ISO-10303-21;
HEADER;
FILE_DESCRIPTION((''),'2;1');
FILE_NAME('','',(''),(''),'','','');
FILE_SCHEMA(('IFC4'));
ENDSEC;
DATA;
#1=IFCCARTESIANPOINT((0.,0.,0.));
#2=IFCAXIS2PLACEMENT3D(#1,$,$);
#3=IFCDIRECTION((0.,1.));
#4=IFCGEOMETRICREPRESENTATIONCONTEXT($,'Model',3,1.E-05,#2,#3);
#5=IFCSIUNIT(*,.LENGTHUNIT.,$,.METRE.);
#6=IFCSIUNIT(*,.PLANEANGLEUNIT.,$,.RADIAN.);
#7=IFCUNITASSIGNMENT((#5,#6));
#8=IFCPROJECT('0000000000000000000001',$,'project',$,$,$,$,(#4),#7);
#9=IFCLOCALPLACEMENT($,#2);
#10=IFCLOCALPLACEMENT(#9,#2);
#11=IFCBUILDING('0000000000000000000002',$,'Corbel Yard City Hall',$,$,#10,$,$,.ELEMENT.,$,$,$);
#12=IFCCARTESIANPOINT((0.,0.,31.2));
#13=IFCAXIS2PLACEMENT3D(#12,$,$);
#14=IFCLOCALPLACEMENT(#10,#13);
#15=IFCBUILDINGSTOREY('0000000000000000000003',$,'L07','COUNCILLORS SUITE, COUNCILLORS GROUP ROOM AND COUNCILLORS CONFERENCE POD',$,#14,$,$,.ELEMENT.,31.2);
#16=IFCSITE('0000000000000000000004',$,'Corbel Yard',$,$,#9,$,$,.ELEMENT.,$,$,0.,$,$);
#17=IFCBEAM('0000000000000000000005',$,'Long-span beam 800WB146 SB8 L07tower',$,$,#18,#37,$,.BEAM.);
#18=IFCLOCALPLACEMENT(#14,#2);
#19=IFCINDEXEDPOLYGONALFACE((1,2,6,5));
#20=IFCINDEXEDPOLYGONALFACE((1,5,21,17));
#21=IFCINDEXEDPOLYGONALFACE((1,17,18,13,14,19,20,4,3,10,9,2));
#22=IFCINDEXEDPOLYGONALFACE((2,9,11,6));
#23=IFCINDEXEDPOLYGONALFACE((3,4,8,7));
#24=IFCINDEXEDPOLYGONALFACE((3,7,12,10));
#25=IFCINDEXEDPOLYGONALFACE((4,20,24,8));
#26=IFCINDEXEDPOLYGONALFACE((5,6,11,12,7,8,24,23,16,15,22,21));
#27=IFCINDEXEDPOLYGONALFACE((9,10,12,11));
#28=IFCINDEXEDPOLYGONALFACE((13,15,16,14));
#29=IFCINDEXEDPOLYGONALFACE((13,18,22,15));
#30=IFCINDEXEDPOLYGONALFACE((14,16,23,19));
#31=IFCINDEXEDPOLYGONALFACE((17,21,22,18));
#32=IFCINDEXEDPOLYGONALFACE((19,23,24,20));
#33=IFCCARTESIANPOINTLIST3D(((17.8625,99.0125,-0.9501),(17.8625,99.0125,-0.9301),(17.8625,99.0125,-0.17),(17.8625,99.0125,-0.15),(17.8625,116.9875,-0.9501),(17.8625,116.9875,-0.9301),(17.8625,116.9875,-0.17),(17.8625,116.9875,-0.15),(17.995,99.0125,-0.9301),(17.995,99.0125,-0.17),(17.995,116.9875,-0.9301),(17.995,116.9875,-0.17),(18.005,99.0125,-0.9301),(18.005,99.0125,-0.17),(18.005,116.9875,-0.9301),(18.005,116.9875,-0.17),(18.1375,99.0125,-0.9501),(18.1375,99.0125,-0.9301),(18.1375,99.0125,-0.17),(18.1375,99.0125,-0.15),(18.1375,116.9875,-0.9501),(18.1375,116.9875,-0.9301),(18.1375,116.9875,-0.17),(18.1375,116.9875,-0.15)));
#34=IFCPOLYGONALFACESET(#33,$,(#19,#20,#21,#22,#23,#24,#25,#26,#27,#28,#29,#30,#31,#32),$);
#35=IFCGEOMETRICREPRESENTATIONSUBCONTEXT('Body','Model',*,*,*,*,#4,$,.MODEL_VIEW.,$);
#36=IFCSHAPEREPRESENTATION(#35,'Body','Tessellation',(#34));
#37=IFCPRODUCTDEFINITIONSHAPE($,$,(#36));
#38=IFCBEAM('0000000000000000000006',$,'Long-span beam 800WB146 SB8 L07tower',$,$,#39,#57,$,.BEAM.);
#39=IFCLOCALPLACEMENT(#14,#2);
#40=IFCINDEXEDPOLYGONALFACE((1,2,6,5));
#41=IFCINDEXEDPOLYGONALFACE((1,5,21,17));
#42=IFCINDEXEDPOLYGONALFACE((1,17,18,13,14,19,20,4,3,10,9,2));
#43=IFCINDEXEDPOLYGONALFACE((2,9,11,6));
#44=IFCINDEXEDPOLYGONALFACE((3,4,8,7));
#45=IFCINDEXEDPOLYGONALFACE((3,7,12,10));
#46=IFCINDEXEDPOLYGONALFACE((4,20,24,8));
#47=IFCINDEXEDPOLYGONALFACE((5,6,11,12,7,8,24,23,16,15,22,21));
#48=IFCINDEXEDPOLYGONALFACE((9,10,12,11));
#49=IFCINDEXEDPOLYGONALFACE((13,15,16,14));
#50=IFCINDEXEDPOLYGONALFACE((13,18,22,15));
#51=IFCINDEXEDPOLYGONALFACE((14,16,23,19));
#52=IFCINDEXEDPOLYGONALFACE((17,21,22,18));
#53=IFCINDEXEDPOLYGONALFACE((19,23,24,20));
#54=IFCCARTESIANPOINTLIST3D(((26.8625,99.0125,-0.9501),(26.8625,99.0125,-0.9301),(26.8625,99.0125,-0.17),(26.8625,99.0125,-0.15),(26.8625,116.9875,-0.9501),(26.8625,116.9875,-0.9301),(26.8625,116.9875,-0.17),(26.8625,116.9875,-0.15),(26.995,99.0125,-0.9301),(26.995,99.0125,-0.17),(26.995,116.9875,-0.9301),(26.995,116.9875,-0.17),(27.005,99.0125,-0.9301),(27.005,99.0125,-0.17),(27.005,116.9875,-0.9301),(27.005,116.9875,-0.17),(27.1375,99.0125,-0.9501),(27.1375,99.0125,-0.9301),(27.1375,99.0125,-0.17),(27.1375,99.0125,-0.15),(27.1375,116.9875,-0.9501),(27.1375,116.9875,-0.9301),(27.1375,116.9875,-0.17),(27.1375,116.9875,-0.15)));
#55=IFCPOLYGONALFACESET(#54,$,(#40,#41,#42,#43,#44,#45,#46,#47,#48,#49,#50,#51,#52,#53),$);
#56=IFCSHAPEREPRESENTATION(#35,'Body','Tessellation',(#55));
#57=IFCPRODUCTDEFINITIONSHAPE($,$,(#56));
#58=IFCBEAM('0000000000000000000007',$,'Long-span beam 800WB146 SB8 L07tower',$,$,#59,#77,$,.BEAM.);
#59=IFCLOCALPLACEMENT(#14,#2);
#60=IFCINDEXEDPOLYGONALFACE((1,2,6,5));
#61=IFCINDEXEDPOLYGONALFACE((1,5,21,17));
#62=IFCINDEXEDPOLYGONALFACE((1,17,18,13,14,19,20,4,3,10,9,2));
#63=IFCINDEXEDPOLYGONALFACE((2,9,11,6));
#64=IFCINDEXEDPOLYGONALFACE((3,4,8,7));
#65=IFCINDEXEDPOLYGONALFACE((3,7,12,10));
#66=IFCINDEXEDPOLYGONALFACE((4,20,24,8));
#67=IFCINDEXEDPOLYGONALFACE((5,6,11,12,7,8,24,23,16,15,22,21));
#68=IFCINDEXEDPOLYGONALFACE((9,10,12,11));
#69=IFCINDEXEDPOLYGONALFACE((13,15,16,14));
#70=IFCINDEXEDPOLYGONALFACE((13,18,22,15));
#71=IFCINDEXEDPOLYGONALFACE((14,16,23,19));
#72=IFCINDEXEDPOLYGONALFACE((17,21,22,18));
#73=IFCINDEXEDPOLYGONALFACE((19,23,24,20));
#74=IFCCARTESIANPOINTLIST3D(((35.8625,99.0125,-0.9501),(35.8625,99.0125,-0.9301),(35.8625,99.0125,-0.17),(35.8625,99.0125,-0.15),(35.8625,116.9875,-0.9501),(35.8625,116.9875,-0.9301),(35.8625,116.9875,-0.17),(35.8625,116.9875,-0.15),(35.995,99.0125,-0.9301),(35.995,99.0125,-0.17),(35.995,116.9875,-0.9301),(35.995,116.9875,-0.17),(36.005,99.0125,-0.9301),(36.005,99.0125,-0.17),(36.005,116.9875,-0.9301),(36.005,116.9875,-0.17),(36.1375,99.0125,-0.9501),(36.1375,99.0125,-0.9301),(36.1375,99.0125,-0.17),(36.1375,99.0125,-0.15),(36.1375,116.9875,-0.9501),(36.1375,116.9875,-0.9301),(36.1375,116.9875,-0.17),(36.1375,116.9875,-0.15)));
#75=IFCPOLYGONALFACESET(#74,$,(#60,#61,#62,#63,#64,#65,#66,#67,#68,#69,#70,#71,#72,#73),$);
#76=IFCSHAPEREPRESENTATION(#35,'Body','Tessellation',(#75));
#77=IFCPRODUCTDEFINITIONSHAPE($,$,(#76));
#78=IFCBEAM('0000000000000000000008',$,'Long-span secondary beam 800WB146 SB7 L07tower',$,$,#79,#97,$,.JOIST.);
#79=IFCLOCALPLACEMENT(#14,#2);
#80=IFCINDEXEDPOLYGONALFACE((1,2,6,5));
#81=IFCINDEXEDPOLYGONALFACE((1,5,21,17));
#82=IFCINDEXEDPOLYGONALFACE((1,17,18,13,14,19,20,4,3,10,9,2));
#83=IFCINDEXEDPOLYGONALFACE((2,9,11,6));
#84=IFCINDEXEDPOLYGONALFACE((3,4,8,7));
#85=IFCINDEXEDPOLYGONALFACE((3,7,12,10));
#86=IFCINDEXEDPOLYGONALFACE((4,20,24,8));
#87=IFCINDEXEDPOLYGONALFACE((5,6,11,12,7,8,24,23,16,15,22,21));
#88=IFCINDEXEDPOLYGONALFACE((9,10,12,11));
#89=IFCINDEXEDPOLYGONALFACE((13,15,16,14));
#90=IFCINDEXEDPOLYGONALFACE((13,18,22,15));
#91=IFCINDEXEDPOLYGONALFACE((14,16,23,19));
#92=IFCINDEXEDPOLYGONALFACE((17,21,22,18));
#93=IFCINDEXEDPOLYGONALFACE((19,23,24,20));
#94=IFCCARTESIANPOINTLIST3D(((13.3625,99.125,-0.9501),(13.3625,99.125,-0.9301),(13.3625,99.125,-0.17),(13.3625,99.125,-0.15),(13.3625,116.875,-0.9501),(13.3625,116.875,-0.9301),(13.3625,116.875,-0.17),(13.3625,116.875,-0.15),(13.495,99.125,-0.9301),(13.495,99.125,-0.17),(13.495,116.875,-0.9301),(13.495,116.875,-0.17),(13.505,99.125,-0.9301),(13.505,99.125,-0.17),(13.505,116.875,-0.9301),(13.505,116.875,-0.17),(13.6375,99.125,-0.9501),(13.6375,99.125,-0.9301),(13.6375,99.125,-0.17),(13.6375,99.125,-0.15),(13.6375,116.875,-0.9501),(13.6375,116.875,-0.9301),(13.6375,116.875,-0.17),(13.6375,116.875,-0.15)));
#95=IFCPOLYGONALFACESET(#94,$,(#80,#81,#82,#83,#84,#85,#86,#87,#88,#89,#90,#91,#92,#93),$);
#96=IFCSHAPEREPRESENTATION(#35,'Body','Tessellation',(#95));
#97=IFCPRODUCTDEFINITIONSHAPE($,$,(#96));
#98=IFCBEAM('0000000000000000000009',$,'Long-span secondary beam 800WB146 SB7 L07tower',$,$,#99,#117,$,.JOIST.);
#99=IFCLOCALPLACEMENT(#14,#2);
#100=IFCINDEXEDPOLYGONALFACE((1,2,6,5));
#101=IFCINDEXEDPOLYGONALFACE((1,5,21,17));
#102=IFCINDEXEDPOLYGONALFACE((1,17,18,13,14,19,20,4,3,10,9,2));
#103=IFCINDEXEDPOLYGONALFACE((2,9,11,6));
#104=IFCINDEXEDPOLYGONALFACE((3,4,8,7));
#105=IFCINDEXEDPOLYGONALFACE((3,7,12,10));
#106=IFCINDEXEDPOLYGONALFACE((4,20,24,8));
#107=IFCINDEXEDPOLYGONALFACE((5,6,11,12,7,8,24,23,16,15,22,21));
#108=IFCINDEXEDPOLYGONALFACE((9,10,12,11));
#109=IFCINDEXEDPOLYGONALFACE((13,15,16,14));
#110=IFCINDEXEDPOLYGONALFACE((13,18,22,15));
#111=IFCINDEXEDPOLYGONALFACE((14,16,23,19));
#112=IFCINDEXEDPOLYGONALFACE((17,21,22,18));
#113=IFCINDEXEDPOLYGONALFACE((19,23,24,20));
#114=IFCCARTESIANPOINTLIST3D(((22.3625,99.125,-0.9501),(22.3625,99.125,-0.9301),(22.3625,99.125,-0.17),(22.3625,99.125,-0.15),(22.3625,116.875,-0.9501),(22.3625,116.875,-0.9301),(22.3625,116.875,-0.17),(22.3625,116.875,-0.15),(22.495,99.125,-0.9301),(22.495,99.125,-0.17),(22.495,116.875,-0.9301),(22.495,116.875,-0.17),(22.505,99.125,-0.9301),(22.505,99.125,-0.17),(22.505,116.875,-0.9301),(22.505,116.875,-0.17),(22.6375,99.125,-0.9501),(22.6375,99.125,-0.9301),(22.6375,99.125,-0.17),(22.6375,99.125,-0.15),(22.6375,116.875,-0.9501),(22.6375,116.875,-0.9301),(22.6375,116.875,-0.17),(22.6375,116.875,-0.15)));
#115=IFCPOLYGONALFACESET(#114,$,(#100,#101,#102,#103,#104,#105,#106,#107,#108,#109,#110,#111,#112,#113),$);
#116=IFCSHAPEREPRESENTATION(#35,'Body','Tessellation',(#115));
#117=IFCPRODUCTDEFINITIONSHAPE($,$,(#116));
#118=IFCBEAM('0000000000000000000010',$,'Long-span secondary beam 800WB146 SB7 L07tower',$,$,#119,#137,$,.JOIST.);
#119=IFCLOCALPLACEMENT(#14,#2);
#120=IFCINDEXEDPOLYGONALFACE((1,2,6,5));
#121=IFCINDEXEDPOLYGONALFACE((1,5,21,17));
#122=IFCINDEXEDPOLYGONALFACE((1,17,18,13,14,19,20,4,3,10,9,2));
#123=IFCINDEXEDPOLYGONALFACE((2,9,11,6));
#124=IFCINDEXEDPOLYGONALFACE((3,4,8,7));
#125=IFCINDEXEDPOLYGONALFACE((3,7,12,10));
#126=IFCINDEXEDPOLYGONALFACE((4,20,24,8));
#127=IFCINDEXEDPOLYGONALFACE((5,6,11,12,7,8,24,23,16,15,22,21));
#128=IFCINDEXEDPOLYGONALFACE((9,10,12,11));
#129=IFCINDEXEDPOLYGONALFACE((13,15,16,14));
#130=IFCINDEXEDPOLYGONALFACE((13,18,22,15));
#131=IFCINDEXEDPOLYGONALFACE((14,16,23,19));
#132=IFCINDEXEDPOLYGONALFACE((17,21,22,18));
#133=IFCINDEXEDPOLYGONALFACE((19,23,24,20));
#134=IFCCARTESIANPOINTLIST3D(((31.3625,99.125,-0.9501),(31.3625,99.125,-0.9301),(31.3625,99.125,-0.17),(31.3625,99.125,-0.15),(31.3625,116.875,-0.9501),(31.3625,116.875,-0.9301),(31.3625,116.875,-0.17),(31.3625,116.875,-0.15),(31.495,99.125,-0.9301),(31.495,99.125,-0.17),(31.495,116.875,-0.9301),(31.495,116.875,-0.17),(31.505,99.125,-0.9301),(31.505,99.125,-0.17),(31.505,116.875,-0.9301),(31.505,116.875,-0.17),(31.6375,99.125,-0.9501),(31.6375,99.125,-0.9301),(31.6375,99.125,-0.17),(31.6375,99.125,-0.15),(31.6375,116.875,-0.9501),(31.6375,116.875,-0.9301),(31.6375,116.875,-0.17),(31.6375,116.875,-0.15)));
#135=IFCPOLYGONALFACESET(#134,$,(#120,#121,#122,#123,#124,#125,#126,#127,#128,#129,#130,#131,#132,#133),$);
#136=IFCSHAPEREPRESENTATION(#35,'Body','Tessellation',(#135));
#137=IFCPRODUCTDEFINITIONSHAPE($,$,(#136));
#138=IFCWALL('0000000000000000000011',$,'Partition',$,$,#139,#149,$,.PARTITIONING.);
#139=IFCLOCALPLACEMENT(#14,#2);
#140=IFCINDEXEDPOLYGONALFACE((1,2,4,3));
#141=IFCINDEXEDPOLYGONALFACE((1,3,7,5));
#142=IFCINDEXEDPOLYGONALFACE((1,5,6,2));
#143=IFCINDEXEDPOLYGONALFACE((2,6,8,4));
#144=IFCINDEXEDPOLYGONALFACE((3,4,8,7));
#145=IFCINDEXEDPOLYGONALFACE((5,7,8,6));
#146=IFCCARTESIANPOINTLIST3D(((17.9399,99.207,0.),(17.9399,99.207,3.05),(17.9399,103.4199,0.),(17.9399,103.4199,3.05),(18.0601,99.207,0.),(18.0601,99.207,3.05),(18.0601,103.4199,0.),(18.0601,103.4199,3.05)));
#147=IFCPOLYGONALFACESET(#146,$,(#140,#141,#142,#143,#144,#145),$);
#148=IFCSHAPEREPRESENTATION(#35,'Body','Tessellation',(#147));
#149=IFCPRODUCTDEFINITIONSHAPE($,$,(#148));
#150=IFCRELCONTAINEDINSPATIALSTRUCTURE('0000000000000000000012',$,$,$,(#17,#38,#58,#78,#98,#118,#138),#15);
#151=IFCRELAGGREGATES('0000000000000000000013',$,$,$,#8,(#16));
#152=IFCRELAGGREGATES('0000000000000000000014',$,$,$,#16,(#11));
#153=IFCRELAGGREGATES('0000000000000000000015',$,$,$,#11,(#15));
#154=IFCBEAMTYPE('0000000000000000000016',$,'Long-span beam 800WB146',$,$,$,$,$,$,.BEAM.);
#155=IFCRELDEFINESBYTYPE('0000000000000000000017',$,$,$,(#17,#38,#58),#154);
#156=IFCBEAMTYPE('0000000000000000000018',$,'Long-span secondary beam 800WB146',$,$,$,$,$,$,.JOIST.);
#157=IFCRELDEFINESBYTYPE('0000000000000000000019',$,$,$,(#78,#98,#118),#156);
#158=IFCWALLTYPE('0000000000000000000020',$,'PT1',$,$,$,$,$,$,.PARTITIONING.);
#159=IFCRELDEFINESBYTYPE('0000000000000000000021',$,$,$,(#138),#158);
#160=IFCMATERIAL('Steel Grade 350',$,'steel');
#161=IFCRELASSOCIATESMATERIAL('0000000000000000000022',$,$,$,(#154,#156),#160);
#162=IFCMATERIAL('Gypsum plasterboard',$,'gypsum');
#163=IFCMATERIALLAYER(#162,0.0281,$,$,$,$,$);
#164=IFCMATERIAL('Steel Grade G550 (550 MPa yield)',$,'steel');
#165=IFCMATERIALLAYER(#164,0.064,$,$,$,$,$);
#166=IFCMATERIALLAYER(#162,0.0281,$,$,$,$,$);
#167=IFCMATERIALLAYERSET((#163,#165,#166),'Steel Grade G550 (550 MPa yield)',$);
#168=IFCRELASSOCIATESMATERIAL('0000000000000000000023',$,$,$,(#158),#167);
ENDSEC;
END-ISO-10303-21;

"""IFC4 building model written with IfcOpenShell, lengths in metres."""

from ifc_helpers import new_model, si_unit, direction, frame, frame_2d, origin, origin_2d, place, context, subcontext, project, spatial, rectangle, i_section, extrude, material, layer, layer_set, material_profile, profile_set, type_object, element, save


model = new_model("IFC4")

# Units and contexts
model_context = context("Model", 3, precision=1e-05, world=origin(), true_north=direction((0.0, 1.0)))
body_context = subcontext(model_context, "Body", "Model", "MODEL_VIEW")
ifc_project = project(units=[si_unit("LENGTHUNIT", "METRE"), si_unit("PLANEANGLEUNIT", "RADIAN")], contexts=[model_context])

# Site, building, storey
site_placement = place(None, origin())
site = spatial("IfcSite", under=ifc_project, at=site_placement, Name="Corbel Yard", CompositionType="ELEMENT", RefElevation=0.0)
building_placement = place(site_placement, origin())
building = spatial("IfcBuilding", under=site, at=building_placement, Name="Corbel Yard City Hall", CompositionType="ELEMENT")
storey_placement = place(building_placement, frame((0.0, 0.0, 31.2)))
storey = spatial("IfcBuildingStorey", under=building, at=storey_placement, Name="L07", Description="COUNCILLORS SUITE, COUNCILLORS GROUP ROOM AND COUNCILLORS CONFERENCE POD", CompositionType="ELEMENT", Elevation=31.2)

# Beams
ifc_material_1 = material(Name="Steel Grade 350", Category="steel")
ifc_material_profile_1 = material_profile(ifc_material_1, i_section(OverallWidth=0.2749, OverallDepth=0.8, WebThickness=0.01, FlangeThickness=0.02, at=origin_2d()), Name="800WB146")
ifc_profile_set_1 = profile_set([ifc_material_profile_1], Name="Steel Grade 350")
beam_type_1 = type_object("IfcBeamType", Name="Long-span beam 800WB146", PredefinedType="BEAM", material=ifc_profile_set_1)
for number, where, z_axis, x_axis, name in (
    (1, (18.0, 99.0125, -0.55), (0.0, 1.0, 0.0), (-1.0, 0.0, 0.0), "Long-span beam 800WB146 SB8 L07tower"),
    (2, (27.0, 99.0125, -0.55), (0.0, 1.0, 0.0), (-1.0, 0.0, 0.0), "Long-span beam 800WB146 SB8 L07tower"),
    (3, (36.0, 99.0125, -0.55), (0.0, 1.0, 0.0), (-1.0, 0.0, 0.0), "Long-span beam 800WB146 SB8 L07tower"),
):
    element("IfcBeam", number, at=place(storey_placement, frame(where, z_axis=z_axis, x_axis=x_axis)), inside=storey, type_object=beam_type_1, Name=name, PredefinedType="BEAM", context=body_context, shape_type="SweptSolid", body=[
        extrude(i_section(OverallWidth=0.2749, OverallDepth=0.8, WebThickness=0.01, FlangeThickness=0.02, at=origin_2d()), origin(), (0.0, 0.0, 1.0), 17.9751),
    ])
ifc_material_profile_2 = material_profile(ifc_material_1, i_section(OverallWidth=0.2749, OverallDepth=0.8, WebThickness=0.01, FlangeThickness=0.02, at=origin_2d()), Name="800WB146")
ifc_profile_set_2 = profile_set([ifc_material_profile_2], Name="Steel Grade 350")
beam_type_2 = type_object("IfcBeamType", Name="Long-span secondary beam 800WB146", PredefinedType="JOIST", material=ifc_profile_set_2)
for number, where, z_axis, x_axis, name in (
    (4, (13.5, 99.125, -0.55), (0.0, 1.0, 0.0), (-1.0, 0.0, 0.0), "Long-span secondary beam 800WB146 SB7 L07tower"),
    (5, (22.5, 99.125, -0.55), (0.0, 1.0, 0.0), (-1.0, 0.0, 0.0), "Long-span secondary beam 800WB146 SB7 L07tower"),
    (6, (31.5, 99.125, -0.55), (0.0, 1.0, 0.0), (-1.0, 0.0, 0.0), "Long-span secondary beam 800WB146 SB7 L07tower"),
):
    element("IfcBeam", number, at=place(storey_placement, frame(where, z_axis=z_axis, x_axis=x_axis)), inside=storey, type_object=beam_type_2, Name=name, PredefinedType="JOIST", context=body_context, shape_type="SweptSolid", body=[
        extrude(i_section(OverallWidth=0.2749, OverallDepth=0.8, WebThickness=0.01, FlangeThickness=0.02, at=origin_2d()), origin(), (0.0, 0.0, 1.0), 17.75),
    ])

# Wall
ifc_material_2 = material(Name="Gypsum plasterboard", Category="gypsum")
ifc_layer_1 = layer(ifc_material_2, 0.0281)
ifc_material_3 = material(Name="Steel Grade G550 (550 MPa yield)", Category="steel")
ifc_layer_2 = layer(ifc_material_3, 0.064)
ifc_layer_3 = layer(ifc_material_2, 0.0281)
ifc_layer_set_1 = layer_set([ifc_layer_1, ifc_layer_2, ifc_layer_3], Name="Steel Grade G550 (550 MPa yield)")
wall_type_1 = type_object("IfcWallType", Name="PT1", PredefinedType="PARTITIONING", material=ifc_layer_set_1)
wall_1_placement = place(storey_placement, frame((18.0, 99.207, 0.0), z_axis=(0.0, 0.0, 1.0), x_axis=(0.0, 1.0, 0.0)))
element("IfcWall", 7, at=wall_1_placement, inside=storey, type_object=wall_type_1, Name="Partition", PredefinedType="PARTITIONING", context=body_context, shape_type="SweptSolid", body=[
    extrude(rectangle(XDim=4.2129, YDim=0.1201, at=frame_2d((2.1064, 0.0))), origin(), (0.0, 0.0, 1.0), 3.05),
])

save(model, "model.ifc")
